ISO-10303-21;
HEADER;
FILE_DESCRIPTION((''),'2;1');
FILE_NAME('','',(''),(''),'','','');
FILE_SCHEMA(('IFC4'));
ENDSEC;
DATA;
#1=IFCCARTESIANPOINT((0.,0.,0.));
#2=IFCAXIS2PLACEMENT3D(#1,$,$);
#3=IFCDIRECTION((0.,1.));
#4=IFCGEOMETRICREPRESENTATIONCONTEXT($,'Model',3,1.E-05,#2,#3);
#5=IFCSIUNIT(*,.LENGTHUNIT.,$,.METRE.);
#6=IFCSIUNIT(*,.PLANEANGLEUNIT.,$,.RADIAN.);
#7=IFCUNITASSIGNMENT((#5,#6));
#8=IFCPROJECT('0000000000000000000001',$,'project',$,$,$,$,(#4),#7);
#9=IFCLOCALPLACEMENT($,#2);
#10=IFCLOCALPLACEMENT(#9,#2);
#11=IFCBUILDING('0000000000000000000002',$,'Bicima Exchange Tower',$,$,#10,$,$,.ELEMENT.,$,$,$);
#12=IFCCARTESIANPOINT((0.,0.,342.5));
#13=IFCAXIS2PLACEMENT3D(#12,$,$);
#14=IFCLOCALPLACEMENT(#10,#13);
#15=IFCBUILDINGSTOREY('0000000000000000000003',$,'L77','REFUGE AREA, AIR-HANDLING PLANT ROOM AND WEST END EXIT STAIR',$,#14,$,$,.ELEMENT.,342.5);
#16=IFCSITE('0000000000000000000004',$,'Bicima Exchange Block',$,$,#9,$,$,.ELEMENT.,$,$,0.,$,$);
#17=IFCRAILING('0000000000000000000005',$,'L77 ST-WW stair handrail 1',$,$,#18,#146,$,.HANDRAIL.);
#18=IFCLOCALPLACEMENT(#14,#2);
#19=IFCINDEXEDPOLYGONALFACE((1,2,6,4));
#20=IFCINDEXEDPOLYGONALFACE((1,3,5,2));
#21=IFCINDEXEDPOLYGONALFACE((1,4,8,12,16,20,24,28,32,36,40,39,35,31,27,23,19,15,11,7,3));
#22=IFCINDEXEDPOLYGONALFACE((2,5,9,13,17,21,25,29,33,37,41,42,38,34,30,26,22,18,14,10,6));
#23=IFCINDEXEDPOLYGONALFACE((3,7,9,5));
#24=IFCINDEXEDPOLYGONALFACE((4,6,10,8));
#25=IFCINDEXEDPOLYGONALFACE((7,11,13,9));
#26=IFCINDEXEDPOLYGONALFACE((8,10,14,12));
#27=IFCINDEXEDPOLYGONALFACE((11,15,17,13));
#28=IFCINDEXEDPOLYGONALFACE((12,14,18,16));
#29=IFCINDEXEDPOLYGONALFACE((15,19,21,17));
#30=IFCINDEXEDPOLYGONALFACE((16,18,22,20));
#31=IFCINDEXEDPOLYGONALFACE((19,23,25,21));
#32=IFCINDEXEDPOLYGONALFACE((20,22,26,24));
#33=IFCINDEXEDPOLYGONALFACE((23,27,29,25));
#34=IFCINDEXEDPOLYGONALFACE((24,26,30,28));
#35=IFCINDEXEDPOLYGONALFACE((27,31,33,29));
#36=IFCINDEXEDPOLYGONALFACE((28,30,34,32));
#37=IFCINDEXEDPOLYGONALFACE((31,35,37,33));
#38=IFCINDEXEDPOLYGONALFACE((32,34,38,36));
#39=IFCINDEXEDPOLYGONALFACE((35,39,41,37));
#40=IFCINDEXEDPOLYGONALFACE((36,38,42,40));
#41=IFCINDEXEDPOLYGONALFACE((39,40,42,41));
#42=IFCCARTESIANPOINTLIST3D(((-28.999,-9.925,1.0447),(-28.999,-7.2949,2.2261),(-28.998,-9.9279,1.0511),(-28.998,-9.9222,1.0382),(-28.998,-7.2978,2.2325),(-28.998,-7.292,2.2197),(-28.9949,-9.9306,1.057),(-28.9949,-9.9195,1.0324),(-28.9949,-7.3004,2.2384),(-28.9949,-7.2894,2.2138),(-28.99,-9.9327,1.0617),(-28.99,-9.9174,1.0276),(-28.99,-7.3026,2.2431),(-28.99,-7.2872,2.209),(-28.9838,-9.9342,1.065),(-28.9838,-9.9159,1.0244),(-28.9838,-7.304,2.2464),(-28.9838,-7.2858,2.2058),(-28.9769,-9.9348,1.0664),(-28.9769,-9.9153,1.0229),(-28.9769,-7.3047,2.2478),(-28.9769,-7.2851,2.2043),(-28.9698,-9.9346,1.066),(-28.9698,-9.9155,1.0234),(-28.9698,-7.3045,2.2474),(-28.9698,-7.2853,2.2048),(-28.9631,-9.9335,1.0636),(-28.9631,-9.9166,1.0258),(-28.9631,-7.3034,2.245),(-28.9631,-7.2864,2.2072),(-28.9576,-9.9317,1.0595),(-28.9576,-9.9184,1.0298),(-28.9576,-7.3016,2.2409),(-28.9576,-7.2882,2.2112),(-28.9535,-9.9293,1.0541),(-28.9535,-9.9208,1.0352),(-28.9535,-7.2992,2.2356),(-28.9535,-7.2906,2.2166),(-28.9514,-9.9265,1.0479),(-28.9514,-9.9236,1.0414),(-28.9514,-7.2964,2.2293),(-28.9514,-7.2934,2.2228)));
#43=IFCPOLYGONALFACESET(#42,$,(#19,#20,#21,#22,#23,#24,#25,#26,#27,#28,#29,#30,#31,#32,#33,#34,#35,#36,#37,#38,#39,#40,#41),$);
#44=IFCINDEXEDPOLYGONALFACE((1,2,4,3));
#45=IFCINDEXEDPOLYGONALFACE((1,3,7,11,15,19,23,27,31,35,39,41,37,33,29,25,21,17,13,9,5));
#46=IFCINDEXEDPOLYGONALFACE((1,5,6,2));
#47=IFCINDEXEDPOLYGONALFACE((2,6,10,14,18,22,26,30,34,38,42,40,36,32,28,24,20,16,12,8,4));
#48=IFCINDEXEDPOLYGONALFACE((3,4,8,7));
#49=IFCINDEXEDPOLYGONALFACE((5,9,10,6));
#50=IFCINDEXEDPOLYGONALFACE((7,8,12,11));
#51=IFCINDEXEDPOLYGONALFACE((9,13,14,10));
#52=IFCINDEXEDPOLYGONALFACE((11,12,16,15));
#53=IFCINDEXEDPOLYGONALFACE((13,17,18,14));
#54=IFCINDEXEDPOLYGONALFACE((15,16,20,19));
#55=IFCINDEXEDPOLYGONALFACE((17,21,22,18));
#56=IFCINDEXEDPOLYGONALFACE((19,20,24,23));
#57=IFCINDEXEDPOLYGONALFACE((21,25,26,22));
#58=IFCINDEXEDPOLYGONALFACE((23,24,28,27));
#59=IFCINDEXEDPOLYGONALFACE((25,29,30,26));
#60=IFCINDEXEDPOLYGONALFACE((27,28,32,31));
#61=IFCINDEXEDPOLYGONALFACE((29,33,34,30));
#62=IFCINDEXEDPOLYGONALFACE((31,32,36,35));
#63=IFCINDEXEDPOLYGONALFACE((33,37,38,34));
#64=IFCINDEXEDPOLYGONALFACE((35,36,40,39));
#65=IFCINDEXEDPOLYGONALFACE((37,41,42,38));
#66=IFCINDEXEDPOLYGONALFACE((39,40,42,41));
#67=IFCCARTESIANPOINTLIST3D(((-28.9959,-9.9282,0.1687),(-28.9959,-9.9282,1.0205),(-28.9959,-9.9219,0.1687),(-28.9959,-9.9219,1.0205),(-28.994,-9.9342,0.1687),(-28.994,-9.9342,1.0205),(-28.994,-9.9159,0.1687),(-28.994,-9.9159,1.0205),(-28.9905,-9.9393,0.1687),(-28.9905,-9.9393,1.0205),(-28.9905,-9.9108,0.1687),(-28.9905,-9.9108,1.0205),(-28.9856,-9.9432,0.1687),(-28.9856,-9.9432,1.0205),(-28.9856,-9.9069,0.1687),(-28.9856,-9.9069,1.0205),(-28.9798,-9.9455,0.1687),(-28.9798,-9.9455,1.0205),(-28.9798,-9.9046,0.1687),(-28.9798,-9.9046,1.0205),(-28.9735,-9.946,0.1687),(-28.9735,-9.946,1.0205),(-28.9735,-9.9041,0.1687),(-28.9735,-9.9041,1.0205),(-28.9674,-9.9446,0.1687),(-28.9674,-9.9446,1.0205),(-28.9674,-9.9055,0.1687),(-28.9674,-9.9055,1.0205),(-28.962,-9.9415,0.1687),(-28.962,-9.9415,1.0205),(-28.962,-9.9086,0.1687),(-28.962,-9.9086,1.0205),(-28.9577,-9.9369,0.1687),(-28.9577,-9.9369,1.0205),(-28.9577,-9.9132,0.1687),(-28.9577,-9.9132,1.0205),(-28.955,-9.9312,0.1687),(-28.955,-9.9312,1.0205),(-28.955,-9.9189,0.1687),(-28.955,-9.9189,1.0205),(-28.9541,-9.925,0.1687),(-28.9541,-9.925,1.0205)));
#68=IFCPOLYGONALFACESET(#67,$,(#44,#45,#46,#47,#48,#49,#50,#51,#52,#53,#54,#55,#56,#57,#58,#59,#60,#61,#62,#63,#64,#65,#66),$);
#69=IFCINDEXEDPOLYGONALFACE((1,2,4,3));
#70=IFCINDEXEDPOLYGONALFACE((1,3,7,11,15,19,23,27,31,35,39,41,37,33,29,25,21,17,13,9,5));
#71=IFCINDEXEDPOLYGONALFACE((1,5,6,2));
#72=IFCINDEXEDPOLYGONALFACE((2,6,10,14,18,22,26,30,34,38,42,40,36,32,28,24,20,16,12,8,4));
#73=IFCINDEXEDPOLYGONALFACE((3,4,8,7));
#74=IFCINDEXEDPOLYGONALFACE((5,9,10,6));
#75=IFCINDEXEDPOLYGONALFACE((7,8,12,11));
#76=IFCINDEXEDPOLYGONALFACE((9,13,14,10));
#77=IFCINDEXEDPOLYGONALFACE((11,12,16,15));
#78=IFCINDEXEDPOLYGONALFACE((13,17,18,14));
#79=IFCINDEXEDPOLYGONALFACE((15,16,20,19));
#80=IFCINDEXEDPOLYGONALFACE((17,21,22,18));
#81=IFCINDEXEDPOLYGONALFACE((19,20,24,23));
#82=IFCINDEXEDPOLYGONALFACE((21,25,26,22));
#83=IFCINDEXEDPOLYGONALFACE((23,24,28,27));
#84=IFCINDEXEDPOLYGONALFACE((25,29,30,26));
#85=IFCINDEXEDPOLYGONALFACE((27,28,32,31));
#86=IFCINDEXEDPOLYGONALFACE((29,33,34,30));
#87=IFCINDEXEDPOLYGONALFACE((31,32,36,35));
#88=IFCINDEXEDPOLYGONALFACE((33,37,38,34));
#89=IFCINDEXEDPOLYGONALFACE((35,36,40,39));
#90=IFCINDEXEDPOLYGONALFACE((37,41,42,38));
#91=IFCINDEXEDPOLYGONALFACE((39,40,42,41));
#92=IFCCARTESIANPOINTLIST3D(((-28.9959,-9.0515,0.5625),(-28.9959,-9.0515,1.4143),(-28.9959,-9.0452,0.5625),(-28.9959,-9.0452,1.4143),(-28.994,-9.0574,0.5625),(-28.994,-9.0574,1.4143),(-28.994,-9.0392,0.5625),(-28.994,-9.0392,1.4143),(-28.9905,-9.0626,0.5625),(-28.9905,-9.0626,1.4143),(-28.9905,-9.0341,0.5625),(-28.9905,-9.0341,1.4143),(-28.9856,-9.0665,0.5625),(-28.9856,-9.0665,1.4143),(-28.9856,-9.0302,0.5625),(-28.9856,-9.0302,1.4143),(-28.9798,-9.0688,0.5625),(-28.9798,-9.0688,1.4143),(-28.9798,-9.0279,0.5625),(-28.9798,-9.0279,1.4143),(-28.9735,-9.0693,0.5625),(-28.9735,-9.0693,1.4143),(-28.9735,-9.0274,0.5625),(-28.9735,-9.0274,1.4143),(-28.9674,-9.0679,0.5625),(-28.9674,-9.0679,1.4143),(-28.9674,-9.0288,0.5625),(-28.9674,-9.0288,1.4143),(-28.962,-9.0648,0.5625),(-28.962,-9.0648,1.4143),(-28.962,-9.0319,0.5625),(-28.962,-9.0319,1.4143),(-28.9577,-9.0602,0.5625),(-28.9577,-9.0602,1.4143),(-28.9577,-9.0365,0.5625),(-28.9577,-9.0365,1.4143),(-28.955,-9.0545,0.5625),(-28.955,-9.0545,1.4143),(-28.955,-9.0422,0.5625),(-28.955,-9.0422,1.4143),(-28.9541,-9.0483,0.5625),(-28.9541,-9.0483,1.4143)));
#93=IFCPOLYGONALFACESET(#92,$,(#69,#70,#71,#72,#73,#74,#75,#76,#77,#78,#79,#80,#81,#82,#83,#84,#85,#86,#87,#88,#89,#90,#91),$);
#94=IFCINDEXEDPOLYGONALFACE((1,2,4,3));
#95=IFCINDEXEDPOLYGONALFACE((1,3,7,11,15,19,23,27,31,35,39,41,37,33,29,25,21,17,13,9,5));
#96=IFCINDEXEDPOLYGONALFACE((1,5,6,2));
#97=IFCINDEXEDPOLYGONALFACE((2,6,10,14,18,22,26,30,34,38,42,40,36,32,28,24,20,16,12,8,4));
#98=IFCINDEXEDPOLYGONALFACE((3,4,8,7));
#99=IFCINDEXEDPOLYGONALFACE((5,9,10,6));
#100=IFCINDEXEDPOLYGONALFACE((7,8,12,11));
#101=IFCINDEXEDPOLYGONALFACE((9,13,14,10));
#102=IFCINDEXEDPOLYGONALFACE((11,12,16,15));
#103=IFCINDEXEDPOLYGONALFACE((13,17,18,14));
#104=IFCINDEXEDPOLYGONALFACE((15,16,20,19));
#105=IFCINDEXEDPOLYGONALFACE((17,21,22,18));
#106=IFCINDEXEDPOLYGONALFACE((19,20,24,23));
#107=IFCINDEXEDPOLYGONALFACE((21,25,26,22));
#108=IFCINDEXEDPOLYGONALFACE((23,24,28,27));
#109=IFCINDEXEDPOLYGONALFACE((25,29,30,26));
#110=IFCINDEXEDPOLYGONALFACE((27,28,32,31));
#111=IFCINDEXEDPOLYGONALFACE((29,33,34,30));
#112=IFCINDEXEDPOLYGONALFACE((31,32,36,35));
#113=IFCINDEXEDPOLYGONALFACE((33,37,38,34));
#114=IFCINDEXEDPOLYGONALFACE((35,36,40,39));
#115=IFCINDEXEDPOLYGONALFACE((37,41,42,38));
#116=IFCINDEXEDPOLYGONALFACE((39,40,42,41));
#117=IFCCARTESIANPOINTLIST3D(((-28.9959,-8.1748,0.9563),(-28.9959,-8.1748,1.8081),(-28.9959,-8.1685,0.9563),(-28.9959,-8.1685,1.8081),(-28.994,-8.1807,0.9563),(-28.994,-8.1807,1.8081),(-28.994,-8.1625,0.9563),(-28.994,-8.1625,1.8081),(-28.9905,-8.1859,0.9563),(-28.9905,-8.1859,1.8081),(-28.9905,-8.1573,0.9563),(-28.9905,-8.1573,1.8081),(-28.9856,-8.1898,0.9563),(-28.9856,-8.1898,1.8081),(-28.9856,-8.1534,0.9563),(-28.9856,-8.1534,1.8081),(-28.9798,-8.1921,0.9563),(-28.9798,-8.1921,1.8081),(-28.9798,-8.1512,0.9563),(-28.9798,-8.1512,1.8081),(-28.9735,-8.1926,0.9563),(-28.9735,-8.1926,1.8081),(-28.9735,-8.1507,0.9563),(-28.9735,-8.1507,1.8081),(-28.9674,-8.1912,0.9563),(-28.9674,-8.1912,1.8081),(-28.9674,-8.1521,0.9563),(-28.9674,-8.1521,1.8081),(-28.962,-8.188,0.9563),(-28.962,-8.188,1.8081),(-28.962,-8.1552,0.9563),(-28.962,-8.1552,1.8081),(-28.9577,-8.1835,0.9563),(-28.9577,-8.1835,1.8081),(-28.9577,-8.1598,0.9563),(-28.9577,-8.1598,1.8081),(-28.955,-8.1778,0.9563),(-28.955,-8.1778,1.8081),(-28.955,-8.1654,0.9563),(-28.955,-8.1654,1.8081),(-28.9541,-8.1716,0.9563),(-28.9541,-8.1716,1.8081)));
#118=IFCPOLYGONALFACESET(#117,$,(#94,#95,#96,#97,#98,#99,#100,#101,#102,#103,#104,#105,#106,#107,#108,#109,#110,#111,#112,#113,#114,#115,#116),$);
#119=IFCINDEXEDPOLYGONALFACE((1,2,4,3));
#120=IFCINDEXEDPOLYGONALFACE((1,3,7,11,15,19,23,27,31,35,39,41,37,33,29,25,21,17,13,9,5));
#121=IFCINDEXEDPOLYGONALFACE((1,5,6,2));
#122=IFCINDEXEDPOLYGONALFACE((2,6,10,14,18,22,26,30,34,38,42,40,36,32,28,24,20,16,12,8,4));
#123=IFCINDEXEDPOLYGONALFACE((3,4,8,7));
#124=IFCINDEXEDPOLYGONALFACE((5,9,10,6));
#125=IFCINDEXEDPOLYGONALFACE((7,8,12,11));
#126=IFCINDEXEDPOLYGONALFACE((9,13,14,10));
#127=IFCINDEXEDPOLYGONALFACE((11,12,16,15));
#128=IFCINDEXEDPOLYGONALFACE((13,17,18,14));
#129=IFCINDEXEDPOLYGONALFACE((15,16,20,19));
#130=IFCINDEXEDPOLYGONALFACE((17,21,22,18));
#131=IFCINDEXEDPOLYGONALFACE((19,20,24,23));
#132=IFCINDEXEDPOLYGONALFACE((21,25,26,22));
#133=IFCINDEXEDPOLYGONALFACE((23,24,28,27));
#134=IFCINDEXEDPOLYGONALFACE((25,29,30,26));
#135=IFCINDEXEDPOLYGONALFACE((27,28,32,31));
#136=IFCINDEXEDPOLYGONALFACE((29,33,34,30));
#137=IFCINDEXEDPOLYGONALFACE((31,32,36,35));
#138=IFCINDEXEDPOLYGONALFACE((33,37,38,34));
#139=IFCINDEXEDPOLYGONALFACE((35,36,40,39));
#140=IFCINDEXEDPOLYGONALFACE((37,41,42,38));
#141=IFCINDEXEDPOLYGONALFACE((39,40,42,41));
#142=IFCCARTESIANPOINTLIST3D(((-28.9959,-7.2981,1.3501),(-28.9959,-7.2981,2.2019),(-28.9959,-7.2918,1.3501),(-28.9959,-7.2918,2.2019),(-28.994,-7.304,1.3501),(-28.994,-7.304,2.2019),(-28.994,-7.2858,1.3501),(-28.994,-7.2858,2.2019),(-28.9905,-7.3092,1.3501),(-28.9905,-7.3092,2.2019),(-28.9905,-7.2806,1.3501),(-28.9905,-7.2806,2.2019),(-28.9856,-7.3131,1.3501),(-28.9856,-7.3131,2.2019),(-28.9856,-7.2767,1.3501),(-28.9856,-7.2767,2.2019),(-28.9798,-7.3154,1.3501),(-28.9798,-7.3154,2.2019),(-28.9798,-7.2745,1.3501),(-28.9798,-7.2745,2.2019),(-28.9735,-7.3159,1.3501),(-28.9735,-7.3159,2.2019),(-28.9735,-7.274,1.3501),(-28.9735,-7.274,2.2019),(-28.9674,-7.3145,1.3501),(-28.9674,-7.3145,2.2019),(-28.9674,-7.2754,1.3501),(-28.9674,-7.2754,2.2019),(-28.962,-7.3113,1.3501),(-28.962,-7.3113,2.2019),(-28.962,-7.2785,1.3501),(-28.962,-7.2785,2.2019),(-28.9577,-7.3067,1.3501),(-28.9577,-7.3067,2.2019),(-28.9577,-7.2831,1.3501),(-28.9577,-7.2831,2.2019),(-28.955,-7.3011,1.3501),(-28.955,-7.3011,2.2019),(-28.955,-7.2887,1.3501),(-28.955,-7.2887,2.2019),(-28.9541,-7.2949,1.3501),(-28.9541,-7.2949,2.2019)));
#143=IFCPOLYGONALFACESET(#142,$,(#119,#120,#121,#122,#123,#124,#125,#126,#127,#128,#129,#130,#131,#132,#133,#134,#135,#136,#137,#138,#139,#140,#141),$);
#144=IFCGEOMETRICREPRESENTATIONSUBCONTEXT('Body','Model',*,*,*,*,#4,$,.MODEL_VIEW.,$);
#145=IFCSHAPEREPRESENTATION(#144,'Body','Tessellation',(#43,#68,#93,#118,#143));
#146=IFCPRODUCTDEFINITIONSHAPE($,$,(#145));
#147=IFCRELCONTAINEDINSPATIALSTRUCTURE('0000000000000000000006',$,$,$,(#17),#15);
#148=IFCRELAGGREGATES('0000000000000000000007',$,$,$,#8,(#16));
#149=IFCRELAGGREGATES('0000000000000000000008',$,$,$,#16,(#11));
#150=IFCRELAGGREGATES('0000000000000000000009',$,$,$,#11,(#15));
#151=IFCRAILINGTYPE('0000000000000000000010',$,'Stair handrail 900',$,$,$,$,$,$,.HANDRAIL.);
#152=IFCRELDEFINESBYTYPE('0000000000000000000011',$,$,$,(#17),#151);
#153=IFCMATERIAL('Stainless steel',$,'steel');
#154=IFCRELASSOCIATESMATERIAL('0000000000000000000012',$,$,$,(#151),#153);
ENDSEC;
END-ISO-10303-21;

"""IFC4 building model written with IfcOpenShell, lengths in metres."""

from ifc_helpers import new_model, si_unit, direction, frame, origin, origin_2d, place, context, subcontext, project, spatial, circle, extrude, material, type_object, element, save


model = new_model("IFC4")

# Units and contexts
model_context = context("Model", 3, precision=1e-05, world=origin(), true_north=direction((0.0, 1.0)))
body_context = subcontext(model_context, "Body", "Model", "MODEL_VIEW")
ifc_project = project(units=[si_unit("LENGTHUNIT", "METRE"), si_unit("PLANEANGLEUNIT", "RADIAN")], contexts=[model_context])

# Site, building, storey
site_placement = place(None, origin())
site = spatial("IfcSite", under=ifc_project, at=site_placement, Name="Bicima Exchange Block", CompositionType="ELEMENT", RefElevation=0.0)
building_placement = place(site_placement, origin())
building = spatial("IfcBuilding", under=site, at=building_placement, Name="Bicima Exchange Tower", CompositionType="ELEMENT")
storey_placement = place(building_placement, frame((0.0, 0.0, 342.5)))
storey = spatial("IfcBuildingStorey", under=building, at=storey_placement, Name="L77", Description="REFUGE AREA, AIR-HANDLING PLANT ROOM AND WEST END EXIT STAIR", CompositionType="ELEMENT", Elevation=342.5)

# Railing
ifc_material_1 = material(Name="Stainless steel", Category="steel")
railing_type_1 = type_object("IfcRailingType", Name="Stair handrail 900", PredefinedType="HANDRAIL", material=ifc_material_1)
railing_1_placement = place(storey_placement, frame((-28.9751, -9.925, 0.1687)))
element("IfcRailing", 1, at=railing_1_placement, inside=storey, type_object=railing_type_1, Name="L77 ST-WW stair handrail 1", PredefinedType="HANDRAIL", context=body_context, shape_type="SweptSolid", body=[
    extrude(circle(Radius=0.0239, at=origin_2d()), frame((0.0, 0.0, 0.876), z_axis=(0.0, 0.912202, 0.409741), x_axis=(-1.0, 0.0, 0.0)), (0.0, 0.0, 1.0), 2.8833),
    extrude(circle(Radius=0.021, at=origin_2d()), origin(), (0.0, 0.0, 1.0), 0.8518),
    extrude(circle(Radius=0.021, at=origin_2d()), frame((0.0, 0.8767, 0.3938)), (0.0, 0.0, 1.0), 0.8518),
    extrude(circle(Radius=0.021, at=origin_2d()), frame((0.0, 1.7534, 0.7876)), (0.0, 0.0, 1.0), 0.8518),
    extrude(circle(Radius=0.021, at=origin_2d()), frame((0.0, 2.6301, 1.1814)), (0.0, 0.0, 1.0), 0.8518),
])

save(model, "model.ifc")
